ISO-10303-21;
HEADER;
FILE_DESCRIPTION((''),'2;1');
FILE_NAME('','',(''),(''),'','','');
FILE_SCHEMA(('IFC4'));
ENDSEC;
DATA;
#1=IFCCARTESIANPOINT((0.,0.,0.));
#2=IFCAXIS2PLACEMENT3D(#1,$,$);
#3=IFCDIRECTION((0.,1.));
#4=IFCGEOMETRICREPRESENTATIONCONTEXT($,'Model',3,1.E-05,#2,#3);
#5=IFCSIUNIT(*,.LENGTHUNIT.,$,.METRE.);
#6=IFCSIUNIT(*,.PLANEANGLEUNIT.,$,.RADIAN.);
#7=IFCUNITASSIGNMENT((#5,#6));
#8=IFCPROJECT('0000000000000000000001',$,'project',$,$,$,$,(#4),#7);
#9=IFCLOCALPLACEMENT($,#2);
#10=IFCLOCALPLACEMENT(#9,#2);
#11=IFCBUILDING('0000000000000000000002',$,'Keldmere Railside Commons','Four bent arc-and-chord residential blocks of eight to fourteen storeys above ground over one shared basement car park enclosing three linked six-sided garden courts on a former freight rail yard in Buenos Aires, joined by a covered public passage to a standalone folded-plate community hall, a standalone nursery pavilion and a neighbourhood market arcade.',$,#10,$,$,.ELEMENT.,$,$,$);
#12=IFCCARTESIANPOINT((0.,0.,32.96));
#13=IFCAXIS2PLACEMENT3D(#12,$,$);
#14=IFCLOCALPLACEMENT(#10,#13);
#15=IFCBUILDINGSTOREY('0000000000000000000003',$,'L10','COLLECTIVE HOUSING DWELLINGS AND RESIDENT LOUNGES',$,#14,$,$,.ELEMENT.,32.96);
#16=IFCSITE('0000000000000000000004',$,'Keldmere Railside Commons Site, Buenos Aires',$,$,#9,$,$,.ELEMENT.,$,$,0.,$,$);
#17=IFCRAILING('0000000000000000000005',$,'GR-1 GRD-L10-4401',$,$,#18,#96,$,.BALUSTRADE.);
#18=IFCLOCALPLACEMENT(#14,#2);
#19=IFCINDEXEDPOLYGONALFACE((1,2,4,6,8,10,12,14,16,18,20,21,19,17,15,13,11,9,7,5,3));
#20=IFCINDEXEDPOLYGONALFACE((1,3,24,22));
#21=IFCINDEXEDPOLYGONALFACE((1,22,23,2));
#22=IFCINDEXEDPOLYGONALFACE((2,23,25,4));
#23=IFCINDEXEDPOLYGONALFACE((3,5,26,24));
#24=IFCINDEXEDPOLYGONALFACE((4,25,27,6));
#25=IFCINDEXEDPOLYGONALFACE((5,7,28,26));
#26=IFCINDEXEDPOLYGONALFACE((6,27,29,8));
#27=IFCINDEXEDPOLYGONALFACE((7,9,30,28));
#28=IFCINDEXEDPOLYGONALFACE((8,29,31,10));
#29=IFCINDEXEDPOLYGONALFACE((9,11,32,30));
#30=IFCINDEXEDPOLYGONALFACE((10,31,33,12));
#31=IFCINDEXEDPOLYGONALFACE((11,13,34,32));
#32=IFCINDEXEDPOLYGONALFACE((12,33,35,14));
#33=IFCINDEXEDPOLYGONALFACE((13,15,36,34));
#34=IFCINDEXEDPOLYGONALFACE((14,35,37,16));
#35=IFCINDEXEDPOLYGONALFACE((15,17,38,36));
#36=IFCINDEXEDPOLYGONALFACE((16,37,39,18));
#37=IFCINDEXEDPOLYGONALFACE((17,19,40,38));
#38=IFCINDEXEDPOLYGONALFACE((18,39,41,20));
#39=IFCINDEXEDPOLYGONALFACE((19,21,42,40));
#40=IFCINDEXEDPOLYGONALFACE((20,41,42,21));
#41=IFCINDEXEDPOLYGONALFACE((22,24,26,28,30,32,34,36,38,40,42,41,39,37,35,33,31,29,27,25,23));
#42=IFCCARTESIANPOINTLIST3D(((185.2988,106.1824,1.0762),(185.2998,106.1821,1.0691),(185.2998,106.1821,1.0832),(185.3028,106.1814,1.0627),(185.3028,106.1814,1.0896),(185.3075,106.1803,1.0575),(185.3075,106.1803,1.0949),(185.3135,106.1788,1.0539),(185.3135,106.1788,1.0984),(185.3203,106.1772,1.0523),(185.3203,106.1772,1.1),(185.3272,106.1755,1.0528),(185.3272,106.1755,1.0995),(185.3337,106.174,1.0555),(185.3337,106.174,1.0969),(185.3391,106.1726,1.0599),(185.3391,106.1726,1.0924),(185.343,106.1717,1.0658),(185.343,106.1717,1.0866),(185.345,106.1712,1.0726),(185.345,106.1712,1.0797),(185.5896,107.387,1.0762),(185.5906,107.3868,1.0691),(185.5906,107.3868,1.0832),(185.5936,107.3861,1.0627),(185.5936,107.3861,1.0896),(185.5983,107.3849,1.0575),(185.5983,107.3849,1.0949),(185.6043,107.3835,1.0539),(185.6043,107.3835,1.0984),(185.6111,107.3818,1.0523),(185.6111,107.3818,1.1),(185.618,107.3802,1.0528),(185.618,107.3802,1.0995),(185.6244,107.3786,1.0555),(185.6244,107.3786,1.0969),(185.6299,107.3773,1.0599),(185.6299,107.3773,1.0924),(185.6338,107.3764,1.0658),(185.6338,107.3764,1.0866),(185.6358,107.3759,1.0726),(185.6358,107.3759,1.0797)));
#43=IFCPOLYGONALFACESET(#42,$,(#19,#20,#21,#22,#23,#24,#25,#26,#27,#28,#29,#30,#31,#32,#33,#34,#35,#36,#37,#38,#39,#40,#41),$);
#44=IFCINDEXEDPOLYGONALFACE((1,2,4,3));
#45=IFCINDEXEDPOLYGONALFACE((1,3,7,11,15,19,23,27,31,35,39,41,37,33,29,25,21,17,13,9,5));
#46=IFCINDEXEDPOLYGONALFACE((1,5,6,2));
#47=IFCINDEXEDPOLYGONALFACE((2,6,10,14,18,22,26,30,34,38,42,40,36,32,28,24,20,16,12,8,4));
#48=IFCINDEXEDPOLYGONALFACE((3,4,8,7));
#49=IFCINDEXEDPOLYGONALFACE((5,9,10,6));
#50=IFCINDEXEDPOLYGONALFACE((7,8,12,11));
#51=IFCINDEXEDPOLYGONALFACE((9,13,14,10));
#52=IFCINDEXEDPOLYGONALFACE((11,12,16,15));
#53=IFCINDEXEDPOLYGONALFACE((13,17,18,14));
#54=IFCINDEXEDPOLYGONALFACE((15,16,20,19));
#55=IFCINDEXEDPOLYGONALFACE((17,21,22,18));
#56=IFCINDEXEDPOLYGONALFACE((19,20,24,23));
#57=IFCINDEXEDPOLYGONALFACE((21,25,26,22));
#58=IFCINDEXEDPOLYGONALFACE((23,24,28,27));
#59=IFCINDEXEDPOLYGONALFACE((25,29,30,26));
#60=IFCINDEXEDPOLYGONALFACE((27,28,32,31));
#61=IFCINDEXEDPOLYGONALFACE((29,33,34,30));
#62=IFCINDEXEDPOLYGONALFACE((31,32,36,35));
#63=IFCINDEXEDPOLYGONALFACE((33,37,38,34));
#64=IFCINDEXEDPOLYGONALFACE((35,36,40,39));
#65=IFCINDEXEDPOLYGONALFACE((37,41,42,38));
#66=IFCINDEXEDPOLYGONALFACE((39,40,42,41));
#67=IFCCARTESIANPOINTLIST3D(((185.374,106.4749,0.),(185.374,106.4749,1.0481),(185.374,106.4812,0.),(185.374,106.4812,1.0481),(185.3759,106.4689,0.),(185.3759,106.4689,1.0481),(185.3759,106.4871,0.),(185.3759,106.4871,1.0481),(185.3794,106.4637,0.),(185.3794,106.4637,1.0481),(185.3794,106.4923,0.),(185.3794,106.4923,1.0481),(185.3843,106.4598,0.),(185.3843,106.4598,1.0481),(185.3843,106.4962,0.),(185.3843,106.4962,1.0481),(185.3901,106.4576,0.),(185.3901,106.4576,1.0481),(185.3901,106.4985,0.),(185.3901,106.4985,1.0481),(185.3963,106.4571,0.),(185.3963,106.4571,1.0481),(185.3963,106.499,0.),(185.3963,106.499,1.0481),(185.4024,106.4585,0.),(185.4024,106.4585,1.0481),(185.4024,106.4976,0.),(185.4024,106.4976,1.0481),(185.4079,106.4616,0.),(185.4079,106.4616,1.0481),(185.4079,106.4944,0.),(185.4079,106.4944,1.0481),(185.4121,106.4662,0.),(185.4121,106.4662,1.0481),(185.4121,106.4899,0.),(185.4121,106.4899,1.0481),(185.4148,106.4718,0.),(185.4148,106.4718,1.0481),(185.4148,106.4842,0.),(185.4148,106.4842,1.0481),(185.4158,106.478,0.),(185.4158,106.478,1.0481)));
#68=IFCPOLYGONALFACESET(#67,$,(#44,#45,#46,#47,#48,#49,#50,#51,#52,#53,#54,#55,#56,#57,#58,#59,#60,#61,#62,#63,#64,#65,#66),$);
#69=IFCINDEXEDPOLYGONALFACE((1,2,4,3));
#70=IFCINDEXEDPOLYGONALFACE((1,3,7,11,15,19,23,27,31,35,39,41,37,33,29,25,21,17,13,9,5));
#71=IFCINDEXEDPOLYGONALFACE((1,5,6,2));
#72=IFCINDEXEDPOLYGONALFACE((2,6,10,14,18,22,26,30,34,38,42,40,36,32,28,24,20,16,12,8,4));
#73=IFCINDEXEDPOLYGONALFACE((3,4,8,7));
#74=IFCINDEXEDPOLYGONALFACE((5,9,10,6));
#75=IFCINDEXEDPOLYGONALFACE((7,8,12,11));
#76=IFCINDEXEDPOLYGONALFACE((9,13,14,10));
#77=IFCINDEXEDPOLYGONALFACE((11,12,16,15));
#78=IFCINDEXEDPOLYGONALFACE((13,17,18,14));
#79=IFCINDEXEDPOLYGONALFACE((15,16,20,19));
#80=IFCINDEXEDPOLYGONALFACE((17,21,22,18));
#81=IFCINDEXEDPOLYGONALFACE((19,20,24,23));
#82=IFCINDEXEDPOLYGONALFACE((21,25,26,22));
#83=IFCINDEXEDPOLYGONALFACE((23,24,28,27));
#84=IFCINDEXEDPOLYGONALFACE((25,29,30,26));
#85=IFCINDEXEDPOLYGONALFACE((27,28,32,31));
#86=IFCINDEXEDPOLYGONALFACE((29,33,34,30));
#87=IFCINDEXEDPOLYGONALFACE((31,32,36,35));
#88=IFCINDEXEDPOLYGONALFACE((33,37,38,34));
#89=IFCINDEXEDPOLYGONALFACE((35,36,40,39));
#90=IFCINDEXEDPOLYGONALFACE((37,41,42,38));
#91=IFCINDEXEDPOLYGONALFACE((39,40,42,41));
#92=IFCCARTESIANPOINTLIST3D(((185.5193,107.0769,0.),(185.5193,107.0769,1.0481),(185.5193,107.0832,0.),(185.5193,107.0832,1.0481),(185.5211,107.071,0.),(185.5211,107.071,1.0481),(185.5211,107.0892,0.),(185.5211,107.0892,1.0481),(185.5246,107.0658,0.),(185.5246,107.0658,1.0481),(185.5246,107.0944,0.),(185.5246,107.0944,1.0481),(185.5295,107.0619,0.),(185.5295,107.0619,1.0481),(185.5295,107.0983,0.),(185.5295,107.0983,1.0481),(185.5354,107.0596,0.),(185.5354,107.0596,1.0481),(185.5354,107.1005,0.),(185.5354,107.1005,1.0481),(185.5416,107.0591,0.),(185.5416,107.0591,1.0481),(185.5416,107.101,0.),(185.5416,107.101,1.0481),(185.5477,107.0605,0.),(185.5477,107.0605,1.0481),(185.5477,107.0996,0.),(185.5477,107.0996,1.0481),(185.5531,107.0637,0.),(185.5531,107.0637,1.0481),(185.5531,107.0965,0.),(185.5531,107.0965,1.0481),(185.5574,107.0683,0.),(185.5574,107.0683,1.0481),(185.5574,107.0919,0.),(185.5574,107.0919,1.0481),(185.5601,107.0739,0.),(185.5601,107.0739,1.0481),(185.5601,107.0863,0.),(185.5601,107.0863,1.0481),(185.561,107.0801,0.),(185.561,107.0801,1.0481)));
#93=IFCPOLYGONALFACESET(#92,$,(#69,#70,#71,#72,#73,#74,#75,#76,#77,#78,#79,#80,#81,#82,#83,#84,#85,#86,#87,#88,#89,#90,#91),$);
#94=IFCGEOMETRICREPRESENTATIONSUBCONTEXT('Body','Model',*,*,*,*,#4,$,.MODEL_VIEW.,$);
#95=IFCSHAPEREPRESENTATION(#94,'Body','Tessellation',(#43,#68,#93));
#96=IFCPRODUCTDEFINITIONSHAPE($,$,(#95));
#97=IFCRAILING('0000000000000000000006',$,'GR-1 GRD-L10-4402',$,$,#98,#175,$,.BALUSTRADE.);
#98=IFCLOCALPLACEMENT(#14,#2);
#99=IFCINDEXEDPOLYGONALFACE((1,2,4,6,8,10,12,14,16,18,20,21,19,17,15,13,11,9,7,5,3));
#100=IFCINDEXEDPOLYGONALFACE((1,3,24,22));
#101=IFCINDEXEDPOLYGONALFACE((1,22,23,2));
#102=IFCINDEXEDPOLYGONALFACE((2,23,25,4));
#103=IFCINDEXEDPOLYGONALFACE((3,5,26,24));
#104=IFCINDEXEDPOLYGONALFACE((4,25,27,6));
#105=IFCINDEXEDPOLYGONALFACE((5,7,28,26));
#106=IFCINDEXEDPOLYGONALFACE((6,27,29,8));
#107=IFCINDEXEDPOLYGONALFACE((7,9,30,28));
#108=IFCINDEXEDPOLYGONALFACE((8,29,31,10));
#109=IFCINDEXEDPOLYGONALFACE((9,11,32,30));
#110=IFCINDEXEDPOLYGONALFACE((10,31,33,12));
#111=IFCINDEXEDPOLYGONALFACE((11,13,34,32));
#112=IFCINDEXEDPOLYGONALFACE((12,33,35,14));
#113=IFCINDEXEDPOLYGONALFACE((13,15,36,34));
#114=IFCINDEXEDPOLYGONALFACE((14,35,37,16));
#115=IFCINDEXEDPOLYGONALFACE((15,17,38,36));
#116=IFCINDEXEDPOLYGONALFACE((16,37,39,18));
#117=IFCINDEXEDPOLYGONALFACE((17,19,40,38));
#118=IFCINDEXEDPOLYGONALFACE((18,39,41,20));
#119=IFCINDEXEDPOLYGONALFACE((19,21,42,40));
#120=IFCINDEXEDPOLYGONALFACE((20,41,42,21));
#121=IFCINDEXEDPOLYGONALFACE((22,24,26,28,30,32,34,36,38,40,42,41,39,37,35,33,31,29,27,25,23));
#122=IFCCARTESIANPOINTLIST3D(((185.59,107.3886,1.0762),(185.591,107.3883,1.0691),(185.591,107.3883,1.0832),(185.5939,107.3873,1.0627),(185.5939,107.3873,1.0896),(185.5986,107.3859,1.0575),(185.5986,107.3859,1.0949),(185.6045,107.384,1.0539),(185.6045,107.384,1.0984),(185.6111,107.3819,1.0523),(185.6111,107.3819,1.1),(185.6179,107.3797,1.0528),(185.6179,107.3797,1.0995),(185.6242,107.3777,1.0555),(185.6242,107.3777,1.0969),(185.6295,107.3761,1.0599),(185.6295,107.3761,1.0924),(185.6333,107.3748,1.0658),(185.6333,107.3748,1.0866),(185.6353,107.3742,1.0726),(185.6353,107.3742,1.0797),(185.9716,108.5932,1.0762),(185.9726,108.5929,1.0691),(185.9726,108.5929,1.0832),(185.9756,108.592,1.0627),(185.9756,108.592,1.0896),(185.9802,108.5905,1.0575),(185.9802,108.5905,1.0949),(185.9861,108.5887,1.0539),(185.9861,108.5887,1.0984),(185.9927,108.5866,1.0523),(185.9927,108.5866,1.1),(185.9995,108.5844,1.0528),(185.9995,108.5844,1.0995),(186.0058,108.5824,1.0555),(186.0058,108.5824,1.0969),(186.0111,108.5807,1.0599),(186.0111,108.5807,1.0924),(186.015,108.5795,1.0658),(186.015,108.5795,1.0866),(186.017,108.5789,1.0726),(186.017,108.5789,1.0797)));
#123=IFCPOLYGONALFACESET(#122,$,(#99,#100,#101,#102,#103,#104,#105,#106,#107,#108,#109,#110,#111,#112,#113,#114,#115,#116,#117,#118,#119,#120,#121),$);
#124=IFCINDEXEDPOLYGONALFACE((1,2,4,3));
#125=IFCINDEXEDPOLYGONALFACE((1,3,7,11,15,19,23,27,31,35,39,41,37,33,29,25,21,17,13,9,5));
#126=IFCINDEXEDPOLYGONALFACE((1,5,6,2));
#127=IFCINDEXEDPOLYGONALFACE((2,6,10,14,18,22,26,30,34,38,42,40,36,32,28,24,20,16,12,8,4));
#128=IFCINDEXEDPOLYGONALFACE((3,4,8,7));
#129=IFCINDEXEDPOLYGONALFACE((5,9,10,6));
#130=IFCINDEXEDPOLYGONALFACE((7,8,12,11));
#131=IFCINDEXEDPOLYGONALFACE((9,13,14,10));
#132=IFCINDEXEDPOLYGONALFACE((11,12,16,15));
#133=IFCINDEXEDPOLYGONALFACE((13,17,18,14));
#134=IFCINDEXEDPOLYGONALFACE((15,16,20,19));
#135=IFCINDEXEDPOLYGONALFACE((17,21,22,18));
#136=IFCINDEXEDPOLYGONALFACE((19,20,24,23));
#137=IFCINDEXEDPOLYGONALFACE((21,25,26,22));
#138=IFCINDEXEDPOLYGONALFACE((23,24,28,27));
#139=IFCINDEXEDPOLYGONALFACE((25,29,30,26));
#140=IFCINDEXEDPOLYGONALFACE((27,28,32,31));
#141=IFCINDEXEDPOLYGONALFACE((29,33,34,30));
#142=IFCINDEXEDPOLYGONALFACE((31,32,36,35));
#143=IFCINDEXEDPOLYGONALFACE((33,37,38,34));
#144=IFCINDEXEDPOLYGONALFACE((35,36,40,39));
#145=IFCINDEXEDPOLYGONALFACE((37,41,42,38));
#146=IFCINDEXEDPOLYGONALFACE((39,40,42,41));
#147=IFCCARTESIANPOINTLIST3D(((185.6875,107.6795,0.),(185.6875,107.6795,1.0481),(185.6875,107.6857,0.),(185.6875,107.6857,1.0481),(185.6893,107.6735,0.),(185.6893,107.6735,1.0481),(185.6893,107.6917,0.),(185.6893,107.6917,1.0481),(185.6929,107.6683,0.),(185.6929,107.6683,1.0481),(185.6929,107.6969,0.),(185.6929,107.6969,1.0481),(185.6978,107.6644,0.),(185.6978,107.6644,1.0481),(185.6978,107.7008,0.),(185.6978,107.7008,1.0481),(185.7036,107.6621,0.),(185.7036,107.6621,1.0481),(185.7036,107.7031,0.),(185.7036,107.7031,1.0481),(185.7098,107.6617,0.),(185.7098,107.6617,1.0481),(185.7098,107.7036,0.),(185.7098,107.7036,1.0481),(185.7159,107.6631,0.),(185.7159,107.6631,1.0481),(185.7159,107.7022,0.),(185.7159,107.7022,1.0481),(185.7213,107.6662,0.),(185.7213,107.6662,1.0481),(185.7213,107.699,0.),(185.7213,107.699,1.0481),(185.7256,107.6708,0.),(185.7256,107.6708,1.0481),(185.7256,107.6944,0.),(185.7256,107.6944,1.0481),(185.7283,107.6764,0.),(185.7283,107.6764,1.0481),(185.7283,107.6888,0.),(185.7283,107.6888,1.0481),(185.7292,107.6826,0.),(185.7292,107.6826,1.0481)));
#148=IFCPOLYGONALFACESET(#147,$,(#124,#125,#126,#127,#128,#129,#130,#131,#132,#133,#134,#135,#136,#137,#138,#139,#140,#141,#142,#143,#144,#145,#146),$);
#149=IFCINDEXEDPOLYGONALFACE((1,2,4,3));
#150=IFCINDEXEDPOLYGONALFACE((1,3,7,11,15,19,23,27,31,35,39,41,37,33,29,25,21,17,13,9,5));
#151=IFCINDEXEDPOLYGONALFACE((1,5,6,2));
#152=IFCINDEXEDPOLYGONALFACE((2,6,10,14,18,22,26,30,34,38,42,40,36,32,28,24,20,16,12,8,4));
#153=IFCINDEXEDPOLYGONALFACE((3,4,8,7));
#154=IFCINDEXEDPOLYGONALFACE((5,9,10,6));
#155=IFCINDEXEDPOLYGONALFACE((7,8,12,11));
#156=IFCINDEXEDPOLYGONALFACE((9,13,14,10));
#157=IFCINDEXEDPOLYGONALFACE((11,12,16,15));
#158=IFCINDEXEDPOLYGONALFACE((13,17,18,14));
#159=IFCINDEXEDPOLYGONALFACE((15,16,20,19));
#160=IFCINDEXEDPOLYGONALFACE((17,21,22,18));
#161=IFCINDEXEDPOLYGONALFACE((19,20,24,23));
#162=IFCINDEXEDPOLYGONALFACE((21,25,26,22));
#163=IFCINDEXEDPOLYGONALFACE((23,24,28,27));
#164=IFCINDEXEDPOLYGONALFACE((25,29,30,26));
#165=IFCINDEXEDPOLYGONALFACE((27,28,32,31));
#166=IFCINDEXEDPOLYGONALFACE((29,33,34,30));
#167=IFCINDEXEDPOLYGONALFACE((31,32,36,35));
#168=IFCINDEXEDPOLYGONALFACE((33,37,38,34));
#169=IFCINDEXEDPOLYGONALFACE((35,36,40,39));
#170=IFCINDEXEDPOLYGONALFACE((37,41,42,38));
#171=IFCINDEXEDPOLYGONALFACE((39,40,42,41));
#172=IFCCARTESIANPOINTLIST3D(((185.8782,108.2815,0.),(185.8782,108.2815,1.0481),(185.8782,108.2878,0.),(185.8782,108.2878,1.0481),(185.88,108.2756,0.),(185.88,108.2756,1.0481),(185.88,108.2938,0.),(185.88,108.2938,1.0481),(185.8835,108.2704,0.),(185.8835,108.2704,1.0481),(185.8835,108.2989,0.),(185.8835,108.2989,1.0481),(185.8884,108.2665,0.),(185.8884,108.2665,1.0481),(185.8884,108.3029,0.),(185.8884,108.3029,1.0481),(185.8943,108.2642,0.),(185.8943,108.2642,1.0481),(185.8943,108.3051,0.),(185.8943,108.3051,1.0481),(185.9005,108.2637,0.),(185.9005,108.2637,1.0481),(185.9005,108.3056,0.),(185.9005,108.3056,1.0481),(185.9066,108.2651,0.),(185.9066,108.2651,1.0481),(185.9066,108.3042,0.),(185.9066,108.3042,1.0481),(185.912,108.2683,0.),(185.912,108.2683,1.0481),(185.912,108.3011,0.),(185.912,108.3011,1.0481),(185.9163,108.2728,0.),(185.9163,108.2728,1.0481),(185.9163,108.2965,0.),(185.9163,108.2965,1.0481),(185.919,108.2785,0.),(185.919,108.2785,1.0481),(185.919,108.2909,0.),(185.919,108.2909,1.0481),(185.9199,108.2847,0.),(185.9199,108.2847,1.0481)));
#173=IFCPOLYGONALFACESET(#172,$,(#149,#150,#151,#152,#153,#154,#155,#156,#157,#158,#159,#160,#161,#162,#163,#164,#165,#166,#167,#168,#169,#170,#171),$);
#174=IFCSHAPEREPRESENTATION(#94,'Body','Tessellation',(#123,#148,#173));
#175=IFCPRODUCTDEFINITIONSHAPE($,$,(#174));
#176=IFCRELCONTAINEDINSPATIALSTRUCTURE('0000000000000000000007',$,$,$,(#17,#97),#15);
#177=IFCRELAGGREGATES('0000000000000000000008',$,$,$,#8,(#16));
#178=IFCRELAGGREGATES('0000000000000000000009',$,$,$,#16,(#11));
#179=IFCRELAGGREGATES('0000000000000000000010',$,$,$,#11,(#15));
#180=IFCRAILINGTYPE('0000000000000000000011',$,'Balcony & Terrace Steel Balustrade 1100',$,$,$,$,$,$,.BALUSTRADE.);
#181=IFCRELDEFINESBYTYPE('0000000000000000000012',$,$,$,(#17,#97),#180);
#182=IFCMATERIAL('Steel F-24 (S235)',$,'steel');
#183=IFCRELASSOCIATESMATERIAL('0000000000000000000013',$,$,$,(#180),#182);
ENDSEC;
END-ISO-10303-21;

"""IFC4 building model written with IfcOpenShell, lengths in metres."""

from ifc_helpers import new_model, si_unit, direction, frame, origin, origin_2d, place, context, subcontext, project, spatial, circle, extrude, material, type_object, element, save


model = new_model("IFC4")

# Units and contexts
model_context = context("Model", 3, precision=1e-05, world=origin(), true_north=direction((0.0, 1.0)))
body_context = subcontext(model_context, "Body", "Model", "MODEL_VIEW")
ifc_project = project(units=[si_unit("LENGTHUNIT", "METRE"), si_unit("PLANEANGLEUNIT", "RADIAN")], contexts=[model_context])

# Site, building, storey
site_placement = place(None, origin())
site = spatial("IfcSite", under=ifc_project, at=site_placement, Name="Keldmere Railside Commons Site, Buenos Aires", CompositionType="ELEMENT", RefElevation=0.0)
building_placement = place(site_placement, origin())
building = spatial("IfcBuilding", under=site, at=building_placement, Name="Keldmere Railside Commons", Description="Four bent arc-and-chord residential blocks of eight to fourteen storeys above ground over one shared basement car park enclosing three linked six-sided garden courts on a former freight rail yard in Buenos Aires, joined by a covered public passage to a standalone folded-plate community hall, a standalone nursery pavilion and a neighbourhood market arcade.", CompositionType="ELEMENT")
storey_placement = place(building_placement, frame((0.0, 0.0, 32.96)))
storey = spatial("IfcBuildingStorey", under=building, at=storey_placement, Name="L10", Description="COLLECTIVE HOUSING DWELLINGS AND RESIDENT LOUNGES", CompositionType="ELEMENT", Elevation=32.96)

# Railings
ifc_material_1 = material(Name="Steel F-24 (S235)", Category="steel")
railing_type = type_object("IfcRailingType", Name="Balcony & Terrace Steel Balustrade 1100", PredefinedType="BALUSTRADE", material=ifc_material_1)
railing_1_placement = place(storey_placement, frame((185.322, 106.1768, 0.0)))
element("IfcRailing", 1, at=railing_1_placement, inside=storey, type_object=railing_type, Name="GR-1 GRD-L10-4401", PredefinedType="BALUSTRADE", context=body_context, shape_type="SweptSolid", body=[
    extrude(circle(Radius=0.0239, at=origin_2d()), frame((0.0, 0.0, 1.0762), z_axis=(0.234647, 0.972081, 0.0), x_axis=(-0.972081, 0.234647, 0.0)), (0.0, 0.0, 1.0), 1.2393),
    extrude(circle(Radius=0.021, at=origin_2d()), frame((0.0728, 0.3013, 0.0)), (0.0, 0.0, 1.0), 1.0481),
    extrude(circle(Radius=0.021, at=origin_2d()), frame((0.218, 0.9033, 0.0)), (0.0, 0.0, 1.0), 1.0481),
])
railing_2_placement = place(storey_placement, frame((185.6128, 107.3813, 0.0)))
element("IfcRailing", 2, at=railing_2_placement, inside=storey, type_object=railing_type, Name="GR-1 GRD-L10-4402", PredefinedType="BALUSTRADE", context=body_context, shape_type="SweptSolid", body=[
    extrude(circle(Radius=0.0239, at=origin_2d()), frame((0.0, 0.0, 1.0762), z_axis=(0.301991, 0.953311, 0.0), x_axis=(-0.953311, 0.301991, 0.0)), (0.0, 0.0, 1.0), 1.2637),
    extrude(circle(Radius=0.021, at=origin_2d()), frame((0.0955, 0.3013, 0.0)), (0.0, 0.0, 1.0), 1.0481),
    extrude(circle(Radius=0.021, at=origin_2d()), frame((0.2861, 0.9033, 0.0)), (0.0, 0.0, 1.0), 1.0481),
])

save(model, "model.ifc")
